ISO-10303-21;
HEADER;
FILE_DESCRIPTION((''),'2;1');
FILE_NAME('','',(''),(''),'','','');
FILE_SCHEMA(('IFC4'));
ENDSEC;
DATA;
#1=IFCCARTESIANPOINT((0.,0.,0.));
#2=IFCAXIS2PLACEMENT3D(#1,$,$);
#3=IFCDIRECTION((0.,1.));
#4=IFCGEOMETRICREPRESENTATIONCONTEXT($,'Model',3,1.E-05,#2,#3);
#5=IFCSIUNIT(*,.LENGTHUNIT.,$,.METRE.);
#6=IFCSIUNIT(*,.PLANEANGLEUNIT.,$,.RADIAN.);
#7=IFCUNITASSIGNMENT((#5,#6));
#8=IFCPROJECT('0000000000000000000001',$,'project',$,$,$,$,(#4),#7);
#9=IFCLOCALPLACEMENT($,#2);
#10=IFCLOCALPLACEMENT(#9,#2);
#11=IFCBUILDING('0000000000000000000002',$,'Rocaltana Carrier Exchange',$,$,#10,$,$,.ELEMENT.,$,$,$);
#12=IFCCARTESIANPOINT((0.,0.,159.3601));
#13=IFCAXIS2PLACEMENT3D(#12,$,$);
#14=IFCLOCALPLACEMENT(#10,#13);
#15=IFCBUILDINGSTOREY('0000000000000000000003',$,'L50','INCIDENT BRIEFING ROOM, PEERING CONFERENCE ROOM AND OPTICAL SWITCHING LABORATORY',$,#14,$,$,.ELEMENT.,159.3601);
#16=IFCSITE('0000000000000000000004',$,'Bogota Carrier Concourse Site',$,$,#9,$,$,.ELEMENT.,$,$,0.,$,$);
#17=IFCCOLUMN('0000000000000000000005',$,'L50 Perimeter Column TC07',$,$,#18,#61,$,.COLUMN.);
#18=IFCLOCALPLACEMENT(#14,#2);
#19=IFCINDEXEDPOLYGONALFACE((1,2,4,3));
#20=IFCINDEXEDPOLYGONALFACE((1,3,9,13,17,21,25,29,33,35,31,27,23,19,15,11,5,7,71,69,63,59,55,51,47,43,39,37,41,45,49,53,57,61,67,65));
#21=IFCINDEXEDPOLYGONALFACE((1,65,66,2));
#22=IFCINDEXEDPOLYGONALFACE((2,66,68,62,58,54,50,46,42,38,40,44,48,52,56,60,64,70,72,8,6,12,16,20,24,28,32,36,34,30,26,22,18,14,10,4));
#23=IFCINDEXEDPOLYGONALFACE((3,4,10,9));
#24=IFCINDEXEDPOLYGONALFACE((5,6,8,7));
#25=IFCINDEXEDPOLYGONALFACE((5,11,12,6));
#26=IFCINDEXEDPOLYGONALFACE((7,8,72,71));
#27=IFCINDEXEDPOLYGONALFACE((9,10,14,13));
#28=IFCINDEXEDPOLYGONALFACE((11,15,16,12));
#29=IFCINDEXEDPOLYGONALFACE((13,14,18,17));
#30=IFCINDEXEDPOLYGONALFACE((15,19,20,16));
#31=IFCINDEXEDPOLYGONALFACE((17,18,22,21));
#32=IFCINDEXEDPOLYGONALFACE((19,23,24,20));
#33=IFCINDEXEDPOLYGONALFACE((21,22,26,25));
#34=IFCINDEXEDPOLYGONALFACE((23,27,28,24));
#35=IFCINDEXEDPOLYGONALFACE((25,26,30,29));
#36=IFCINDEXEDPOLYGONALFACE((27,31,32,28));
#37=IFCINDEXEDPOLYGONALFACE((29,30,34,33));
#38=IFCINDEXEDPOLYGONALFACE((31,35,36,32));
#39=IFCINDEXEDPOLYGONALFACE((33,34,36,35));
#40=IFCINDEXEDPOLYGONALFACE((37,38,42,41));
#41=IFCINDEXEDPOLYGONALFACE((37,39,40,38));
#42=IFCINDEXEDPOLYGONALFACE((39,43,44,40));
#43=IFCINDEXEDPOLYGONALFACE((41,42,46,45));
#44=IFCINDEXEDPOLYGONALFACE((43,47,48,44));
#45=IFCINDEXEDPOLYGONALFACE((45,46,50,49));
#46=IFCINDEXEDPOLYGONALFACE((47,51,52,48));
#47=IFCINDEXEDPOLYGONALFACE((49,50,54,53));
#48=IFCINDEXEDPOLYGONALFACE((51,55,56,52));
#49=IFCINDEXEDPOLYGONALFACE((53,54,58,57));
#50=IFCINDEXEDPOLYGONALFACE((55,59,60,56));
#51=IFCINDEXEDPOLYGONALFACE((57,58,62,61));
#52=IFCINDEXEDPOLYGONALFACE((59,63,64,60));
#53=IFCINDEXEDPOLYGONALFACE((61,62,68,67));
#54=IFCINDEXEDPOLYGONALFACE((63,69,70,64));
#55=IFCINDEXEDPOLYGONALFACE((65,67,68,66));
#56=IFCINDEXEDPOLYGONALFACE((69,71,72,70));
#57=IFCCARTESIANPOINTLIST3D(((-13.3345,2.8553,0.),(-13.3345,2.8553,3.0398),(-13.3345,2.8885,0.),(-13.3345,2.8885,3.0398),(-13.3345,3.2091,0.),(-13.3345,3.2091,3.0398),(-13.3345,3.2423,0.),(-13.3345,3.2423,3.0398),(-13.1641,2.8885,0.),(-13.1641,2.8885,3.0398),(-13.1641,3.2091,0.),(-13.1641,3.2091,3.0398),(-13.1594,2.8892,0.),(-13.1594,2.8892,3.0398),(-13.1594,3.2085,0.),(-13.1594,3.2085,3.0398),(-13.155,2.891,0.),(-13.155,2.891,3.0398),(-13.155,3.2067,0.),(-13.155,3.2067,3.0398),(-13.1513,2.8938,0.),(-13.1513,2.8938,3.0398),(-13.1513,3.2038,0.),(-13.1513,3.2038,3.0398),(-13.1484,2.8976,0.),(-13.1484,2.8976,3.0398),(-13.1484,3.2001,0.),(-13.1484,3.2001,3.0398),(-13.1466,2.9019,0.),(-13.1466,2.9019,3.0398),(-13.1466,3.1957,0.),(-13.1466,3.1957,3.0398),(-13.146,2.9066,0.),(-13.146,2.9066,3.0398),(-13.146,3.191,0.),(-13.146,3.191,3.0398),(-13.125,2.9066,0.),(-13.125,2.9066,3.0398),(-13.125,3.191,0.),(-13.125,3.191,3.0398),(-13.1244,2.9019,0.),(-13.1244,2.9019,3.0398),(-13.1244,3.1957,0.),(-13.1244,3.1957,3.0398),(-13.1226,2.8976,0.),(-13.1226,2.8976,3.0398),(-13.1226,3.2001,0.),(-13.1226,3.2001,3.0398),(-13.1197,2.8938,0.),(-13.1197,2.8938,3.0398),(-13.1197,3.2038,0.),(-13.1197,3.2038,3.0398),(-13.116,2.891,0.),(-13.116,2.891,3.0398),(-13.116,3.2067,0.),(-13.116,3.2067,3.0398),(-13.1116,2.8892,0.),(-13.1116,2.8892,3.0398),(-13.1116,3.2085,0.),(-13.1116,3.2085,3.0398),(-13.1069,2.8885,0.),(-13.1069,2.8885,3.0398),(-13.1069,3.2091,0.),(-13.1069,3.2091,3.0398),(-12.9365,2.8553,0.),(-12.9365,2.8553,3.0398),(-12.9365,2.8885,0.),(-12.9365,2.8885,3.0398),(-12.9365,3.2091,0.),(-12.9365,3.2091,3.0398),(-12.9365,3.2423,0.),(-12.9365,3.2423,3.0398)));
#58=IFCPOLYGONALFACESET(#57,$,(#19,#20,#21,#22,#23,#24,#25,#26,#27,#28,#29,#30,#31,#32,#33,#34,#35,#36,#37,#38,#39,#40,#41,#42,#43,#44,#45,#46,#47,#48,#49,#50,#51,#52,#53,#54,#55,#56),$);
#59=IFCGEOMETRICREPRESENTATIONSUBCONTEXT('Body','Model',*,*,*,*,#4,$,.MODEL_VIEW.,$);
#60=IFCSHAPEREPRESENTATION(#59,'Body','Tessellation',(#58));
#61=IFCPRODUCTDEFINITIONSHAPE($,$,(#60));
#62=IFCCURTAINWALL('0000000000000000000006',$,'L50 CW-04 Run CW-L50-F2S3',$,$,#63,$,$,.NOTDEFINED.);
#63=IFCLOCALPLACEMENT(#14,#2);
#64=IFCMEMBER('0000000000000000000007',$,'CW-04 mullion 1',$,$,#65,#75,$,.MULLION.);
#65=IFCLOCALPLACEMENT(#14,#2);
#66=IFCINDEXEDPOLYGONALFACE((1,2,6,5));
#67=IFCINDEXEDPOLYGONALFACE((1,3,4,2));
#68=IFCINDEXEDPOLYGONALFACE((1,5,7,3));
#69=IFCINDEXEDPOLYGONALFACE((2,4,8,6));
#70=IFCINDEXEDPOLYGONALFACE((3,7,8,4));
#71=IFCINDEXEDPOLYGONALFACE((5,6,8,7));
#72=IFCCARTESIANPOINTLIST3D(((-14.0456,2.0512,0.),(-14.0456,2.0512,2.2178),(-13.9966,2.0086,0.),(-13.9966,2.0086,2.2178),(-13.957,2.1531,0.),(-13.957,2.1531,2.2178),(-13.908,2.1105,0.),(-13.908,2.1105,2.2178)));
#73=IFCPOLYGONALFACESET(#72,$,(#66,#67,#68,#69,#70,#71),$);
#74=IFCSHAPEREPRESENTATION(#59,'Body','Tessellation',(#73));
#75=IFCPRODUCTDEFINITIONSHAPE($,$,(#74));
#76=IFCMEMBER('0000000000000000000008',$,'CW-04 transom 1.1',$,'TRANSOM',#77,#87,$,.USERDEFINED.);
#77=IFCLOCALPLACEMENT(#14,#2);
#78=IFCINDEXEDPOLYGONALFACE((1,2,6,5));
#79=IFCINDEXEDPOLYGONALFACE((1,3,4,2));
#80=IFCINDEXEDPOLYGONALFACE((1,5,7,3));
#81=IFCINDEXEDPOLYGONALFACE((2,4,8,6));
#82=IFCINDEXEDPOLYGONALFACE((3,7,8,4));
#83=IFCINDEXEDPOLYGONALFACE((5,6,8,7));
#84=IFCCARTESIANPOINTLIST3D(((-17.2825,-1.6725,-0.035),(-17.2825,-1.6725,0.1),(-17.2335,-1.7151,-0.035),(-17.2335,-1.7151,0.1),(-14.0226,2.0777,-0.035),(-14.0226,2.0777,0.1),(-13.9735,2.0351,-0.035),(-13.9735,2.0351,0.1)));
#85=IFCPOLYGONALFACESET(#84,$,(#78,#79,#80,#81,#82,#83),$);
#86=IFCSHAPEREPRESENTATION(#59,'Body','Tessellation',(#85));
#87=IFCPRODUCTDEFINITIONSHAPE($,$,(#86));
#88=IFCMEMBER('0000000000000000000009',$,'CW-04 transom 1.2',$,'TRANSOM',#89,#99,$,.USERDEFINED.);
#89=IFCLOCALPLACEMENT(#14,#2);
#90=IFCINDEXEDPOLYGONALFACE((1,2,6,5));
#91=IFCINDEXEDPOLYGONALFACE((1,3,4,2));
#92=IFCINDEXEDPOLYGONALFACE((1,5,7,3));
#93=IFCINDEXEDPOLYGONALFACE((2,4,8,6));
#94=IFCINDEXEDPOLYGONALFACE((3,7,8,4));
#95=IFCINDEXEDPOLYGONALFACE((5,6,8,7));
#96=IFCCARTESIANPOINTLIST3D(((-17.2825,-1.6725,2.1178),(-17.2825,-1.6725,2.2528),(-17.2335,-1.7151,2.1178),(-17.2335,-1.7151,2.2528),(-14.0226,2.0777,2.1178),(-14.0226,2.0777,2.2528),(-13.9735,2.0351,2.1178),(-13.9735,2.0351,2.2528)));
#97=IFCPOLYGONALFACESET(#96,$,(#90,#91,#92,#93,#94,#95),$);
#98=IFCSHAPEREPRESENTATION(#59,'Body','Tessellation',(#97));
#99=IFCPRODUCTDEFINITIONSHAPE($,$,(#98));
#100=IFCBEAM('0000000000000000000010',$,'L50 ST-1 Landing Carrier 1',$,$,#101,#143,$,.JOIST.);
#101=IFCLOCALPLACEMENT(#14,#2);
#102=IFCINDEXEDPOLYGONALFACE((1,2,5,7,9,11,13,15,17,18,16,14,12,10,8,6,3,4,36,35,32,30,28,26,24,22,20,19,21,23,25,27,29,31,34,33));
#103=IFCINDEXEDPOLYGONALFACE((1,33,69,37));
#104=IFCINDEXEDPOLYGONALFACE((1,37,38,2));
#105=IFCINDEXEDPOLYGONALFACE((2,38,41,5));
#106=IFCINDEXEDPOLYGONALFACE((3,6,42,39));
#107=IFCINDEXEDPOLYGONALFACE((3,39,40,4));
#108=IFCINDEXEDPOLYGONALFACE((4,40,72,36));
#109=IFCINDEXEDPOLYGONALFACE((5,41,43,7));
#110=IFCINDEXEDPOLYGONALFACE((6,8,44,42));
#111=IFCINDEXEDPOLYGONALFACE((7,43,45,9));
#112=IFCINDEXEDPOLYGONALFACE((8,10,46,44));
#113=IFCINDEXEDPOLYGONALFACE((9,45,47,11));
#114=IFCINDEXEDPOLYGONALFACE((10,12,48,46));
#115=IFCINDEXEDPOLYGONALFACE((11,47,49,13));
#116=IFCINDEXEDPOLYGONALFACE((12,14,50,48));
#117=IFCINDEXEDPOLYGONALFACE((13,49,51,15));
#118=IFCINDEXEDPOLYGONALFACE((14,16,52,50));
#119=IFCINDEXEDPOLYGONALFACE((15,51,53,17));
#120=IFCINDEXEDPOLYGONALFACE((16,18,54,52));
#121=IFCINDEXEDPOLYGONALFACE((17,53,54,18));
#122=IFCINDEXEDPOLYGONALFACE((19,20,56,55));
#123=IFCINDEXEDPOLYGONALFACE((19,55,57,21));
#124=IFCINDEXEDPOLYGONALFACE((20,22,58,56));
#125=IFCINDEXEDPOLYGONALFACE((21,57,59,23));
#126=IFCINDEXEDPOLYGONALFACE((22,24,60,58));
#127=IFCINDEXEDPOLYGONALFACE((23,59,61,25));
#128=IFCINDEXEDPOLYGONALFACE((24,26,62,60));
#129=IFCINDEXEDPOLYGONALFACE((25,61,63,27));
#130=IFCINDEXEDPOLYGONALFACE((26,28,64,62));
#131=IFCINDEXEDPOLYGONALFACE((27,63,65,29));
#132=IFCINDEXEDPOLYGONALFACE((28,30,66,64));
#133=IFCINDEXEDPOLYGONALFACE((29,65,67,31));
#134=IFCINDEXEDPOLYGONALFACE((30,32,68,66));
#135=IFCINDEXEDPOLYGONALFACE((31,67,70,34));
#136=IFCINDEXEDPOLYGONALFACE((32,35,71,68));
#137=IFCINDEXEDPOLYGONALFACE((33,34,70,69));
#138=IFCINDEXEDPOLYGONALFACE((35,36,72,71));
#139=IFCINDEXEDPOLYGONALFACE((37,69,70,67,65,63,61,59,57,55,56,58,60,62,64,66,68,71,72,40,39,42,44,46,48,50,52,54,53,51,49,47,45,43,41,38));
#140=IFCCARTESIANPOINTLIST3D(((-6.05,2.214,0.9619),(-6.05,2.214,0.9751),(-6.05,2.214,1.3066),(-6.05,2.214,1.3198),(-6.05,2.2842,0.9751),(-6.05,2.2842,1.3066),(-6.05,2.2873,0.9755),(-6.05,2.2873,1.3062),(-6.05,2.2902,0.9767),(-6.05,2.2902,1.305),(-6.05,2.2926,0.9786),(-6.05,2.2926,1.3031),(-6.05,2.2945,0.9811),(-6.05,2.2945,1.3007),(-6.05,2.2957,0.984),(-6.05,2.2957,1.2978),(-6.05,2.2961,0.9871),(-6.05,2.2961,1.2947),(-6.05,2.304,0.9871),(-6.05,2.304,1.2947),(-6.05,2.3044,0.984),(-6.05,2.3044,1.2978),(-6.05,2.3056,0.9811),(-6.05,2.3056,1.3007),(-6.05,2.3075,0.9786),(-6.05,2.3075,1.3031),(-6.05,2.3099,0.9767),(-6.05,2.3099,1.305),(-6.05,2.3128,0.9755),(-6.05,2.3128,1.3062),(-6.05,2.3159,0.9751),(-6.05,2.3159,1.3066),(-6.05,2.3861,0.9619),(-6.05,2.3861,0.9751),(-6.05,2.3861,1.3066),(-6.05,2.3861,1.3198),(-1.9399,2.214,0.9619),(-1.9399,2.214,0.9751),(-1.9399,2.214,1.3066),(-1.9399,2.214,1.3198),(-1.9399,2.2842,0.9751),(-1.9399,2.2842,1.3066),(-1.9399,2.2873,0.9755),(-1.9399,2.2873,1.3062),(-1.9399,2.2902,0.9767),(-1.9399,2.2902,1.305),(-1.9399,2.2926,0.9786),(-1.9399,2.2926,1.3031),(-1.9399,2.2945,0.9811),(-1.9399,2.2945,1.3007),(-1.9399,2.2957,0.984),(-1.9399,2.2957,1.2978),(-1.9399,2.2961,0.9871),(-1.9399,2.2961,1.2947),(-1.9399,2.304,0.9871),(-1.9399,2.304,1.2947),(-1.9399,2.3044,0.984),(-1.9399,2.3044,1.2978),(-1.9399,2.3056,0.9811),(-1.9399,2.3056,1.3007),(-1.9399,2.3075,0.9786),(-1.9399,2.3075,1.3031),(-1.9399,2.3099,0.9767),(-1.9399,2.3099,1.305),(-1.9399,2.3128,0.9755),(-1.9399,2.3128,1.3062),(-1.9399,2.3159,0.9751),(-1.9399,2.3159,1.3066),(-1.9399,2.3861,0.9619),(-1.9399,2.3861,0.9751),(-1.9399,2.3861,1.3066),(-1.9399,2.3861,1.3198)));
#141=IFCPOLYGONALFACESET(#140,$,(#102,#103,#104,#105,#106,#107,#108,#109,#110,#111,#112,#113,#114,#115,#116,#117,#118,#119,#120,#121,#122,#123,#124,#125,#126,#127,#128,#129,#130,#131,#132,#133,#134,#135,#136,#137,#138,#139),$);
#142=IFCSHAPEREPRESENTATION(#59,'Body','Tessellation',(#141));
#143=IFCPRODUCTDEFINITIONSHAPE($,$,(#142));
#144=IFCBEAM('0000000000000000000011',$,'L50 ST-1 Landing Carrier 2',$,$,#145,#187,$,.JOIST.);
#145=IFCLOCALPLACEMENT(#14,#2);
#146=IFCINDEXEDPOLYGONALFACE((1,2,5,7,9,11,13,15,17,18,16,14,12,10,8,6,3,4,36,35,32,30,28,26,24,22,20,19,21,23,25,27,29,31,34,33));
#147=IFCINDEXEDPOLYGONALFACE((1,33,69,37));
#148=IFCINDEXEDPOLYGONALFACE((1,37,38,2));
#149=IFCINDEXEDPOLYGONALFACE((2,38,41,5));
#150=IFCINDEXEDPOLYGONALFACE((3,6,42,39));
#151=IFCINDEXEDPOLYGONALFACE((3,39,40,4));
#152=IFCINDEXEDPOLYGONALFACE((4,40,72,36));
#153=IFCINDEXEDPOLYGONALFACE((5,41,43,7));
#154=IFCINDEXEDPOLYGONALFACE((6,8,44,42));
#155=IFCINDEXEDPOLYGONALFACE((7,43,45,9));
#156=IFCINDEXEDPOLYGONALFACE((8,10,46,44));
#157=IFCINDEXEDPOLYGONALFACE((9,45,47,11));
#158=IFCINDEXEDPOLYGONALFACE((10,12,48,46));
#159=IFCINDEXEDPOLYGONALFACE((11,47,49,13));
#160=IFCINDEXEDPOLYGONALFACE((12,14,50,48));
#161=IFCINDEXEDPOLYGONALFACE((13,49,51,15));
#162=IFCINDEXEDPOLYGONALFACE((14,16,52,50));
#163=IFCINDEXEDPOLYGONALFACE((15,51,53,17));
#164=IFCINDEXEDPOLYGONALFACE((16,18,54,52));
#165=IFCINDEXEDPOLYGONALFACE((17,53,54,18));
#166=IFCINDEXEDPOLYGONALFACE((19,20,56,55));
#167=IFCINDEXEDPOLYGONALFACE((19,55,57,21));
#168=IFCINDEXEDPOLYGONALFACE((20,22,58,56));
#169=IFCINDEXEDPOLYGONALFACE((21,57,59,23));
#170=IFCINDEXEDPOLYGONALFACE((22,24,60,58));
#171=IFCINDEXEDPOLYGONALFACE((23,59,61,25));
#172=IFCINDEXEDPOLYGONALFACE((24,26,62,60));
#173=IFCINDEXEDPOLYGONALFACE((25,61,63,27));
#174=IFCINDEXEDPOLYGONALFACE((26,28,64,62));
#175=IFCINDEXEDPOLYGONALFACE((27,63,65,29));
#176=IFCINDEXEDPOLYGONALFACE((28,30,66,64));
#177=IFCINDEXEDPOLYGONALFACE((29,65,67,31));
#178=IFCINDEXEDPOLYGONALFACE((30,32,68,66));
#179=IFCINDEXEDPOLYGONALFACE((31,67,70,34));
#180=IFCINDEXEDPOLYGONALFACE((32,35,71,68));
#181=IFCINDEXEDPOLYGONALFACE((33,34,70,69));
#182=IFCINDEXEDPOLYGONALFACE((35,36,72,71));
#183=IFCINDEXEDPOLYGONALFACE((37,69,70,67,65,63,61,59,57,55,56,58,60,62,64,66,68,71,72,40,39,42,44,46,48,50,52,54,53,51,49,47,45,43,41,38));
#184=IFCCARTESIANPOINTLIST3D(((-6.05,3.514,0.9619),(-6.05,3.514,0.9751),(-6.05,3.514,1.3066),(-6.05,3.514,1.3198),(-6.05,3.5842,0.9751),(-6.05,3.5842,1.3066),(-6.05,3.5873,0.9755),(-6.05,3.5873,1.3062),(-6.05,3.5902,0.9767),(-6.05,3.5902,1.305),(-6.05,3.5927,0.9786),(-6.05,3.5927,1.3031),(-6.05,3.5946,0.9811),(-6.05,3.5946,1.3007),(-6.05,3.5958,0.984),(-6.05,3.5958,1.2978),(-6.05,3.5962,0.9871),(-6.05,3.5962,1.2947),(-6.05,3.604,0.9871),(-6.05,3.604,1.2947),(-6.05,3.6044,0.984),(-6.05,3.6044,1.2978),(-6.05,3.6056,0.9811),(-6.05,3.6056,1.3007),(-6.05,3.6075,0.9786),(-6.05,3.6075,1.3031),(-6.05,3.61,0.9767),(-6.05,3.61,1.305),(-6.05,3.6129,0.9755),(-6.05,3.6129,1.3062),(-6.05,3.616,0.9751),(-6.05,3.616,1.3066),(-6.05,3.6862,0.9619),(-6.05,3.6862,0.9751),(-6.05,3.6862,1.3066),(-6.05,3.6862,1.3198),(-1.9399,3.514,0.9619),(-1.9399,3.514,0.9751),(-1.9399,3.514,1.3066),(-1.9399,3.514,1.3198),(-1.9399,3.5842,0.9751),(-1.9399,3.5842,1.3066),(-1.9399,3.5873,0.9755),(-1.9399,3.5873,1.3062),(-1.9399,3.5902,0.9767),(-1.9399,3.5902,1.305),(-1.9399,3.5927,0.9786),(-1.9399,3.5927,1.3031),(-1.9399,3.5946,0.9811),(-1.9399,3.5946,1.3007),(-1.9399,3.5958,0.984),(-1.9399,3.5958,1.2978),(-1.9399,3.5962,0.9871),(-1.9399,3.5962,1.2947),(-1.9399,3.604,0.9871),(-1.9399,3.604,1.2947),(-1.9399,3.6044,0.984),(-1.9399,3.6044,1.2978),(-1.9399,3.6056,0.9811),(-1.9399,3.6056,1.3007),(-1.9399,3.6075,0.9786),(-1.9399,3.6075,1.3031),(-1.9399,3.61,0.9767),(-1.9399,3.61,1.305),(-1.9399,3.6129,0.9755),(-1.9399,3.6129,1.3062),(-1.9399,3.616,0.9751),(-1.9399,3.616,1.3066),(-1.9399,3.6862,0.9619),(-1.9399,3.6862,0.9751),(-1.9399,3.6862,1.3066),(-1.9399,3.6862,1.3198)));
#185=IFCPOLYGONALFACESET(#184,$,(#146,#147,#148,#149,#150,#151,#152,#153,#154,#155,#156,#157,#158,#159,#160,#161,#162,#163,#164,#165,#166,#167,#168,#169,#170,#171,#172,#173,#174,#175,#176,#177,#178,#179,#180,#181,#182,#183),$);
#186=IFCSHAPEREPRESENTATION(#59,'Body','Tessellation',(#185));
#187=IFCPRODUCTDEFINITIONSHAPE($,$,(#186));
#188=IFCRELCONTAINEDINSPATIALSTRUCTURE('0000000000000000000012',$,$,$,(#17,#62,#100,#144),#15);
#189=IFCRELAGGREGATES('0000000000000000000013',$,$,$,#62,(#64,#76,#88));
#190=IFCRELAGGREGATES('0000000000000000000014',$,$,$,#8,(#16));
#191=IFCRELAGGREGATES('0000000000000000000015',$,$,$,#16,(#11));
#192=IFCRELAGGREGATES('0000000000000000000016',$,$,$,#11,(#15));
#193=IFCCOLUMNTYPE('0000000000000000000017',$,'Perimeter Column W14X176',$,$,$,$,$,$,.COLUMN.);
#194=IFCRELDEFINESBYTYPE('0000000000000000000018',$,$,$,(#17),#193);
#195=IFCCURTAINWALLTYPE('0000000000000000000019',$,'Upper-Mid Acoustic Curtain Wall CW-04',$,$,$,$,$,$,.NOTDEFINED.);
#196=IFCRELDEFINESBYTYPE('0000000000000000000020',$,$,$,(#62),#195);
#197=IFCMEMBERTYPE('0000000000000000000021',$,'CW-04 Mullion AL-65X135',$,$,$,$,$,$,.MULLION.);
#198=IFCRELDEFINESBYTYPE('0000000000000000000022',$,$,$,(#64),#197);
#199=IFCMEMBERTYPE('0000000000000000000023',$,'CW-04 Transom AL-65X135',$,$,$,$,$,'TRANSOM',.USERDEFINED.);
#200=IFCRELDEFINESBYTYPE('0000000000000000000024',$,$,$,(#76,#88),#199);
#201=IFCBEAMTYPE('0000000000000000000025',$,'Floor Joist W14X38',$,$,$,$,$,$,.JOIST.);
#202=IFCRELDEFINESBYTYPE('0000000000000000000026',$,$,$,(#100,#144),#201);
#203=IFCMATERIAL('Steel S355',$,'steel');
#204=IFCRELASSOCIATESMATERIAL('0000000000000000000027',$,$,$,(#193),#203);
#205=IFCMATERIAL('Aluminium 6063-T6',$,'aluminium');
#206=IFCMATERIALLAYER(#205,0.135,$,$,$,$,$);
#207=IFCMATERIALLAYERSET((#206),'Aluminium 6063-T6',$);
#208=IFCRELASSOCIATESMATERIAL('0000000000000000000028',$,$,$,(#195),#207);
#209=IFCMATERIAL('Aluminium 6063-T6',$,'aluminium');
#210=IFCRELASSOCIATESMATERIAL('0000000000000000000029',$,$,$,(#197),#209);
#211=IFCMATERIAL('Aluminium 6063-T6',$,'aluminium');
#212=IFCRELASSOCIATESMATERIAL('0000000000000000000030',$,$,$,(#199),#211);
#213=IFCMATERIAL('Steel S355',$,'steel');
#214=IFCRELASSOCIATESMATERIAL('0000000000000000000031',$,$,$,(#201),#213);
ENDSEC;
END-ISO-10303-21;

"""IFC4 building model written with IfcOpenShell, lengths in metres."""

from ifc_helpers import new_model, si_unit, direction, frame, origin, origin_2d, place, context, subcontext, project, spatial, rectangle, i_section, extrude, material, layer, layer_set, material_profile, profile_set, type_object, element, aggregate, save


model = new_model("IFC4")

# Units and contexts
model_context = context("Model", 3, precision=1e-05, world=origin(), true_north=direction((0.0, 1.0)))
body_context = subcontext(model_context, "Body", "Model", "MODEL_VIEW")
ifc_project = project(units=[si_unit("LENGTHUNIT", "METRE"), si_unit("PLANEANGLEUNIT", "RADIAN")], contexts=[model_context])

# Site, building, storey
site_placement = place(None, origin())
site = spatial("IfcSite", under=ifc_project, at=site_placement, Name="Bogota Carrier Concourse Site", CompositionType="ELEMENT", RefElevation=0.0)
building_placement = place(site_placement, origin())
building = spatial("IfcBuilding", under=site, at=building_placement, Name="Rocaltana Carrier Exchange", CompositionType="ELEMENT")
storey_placement = place(building_placement, frame((0.0, 0.0, 159.3601)))
storey = spatial("IfcBuildingStorey", under=building, at=storey_placement, Name="L50", Description="INCIDENT BRIEFING ROOM, PEERING CONFERENCE ROOM AND OPTICAL SWITCHING LABORATORY", CompositionType="ELEMENT", Elevation=159.3601)

# Column
ifc_material_1 = material(Name="Steel S355", Category="steel")
ifc_material_profile_1 = material_profile(ifc_material_1, i_section(OverallWidth=0.3979, OverallDepth=0.387, WebThickness=0.021, FlangeThickness=0.0332, FilletRadius=0.0181, at=origin_2d()), Name="W14X176")
ifc_profile_set_1 = profile_set([ifc_material_profile_1], Name="Steel S355")
column_type = type_object("IfcColumnType", Name="Perimeter Column W14X176", PredefinedType="COLUMN", material=ifc_profile_set_1)
column_placement = place(storey_placement, frame((-13.1355, 3.0488, 0.0), z_axis=(0.0, 0.0, 1.0), x_axis=(1.0, 0.0, 0.0)))
element("IfcColumn", 1, at=column_placement, inside=storey, type_object=column_type, Name="L50 Perimeter Column TC07", PredefinedType="COLUMN", context=body_context, shape_type="SweptSolid", body=[
    extrude(i_section(OverallWidth=0.3979, OverallDepth=0.387, WebThickness=0.021, FlangeThickness=0.0332, FilletRadius=0.0181, at=origin_2d()), origin(), (0.0, 0.0, 1.0), 3.0398),
])

# Curtain wall, members
ifc_material_2 = material(Name="Aluminium 6063-T6", Category="aluminium")
ifc_layer_1 = layer(ifc_material_2, 0.135)
ifc_layer_set_1 = layer_set([ifc_layer_1], Name="Aluminium 6063-T6")
curtain_wall_type = type_object("IfcCurtainWallType", Name="Upper-Mid Acoustic Curtain Wall CW-04", PredefinedType="NOTDEFINED", material=ifc_layer_set_1)
curtain_wall_placement = place(storey_placement, origin())
curtain_wall = element("IfcCurtainWall", 2, at=curtain_wall_placement, inside=storey, type_object=curtain_wall_type, Name="L50 CW-04 Run CW-L50-F2S3", PredefinedType="NOTDEFINED")
ifc_material_3 = material(Name="Aluminium 6063-T6", Category="aluminium")
ifc_material_profile_2 = material_profile(ifc_material_3, rectangle(XDim=0.0649, YDim=0.135, at=origin_2d()), Name="AL-65X135")
ifc_profile_set_2 = profile_set([ifc_material_profile_2], Name="Aluminium 6063-T6")
member_type_1 = type_object("IfcMemberType", Name="CW-04 Mullion AL-65X135", PredefinedType="MULLION", material=ifc_profile_set_2)
member_1_placement = place(storey_placement, frame((-13.9768, 2.0808, 0.0), z_axis=(0.0, 0.0, 1.0), x_axis=(0.754712, -0.656057, 0.0)))
member_1 = element("IfcMember", 3, at=member_1_placement, type_object=member_type_1, Name="CW-04 mullion 1", PredefinedType="MULLION", context=body_context, shape_type="SweptSolid", body=[
    extrude(rectangle(XDim=0.0649, YDim=0.135, at=origin_2d()), origin(), (0.0, 0.0, 1.0), 2.2178),
])
ifc_material_4 = material(Name="Aluminium 6063-T6", Category="aluminium")
ifc_material_profile_3 = material_profile(ifc_material_4, rectangle(XDim=0.0649, YDim=0.135, at=origin_2d()), Name="AL-65X135")
ifc_profile_set_3 = profile_set([ifc_material_profile_3], Name="Aluminium 6063-T6")
member_type_2 = type_object("IfcMemberType", Name="CW-04 Transom AL-65X135", ElementType="TRANSOM", PredefinedType="USERDEFINED", material=ifc_profile_set_3)
member_2_placement = place(storey_placement, frame((-13.998, 2.0564, 0.0325), z_axis=(-0.656056, -0.754712, 0.0), x_axis=(0.754712, -0.656056, 0.0)))
member_2 = element("IfcMember", 4, at=member_2_placement, type_object=member_type_2, Name="CW-04 transom 1.1", ObjectType="TRANSOM", PredefinedType="USERDEFINED", context=body_context, shape_type="SweptSolid", body=[
    extrude(rectangle(XDim=0.0649, YDim=0.135, at=origin_2d()), origin(), (0.0, 0.0, 1.0), 4.969),
])
member_3_placement = place(storey_placement, frame((-13.998, 2.0564, 2.1853), z_axis=(-0.656056, -0.754712, 0.0), x_axis=(0.754712, -0.656056, 0.0)))
member_3 = element("IfcMember", 5, at=member_3_placement, type_object=member_type_2, Name="CW-04 transom 1.2", ObjectType="TRANSOM", PredefinedType="USERDEFINED", context=body_context, shape_type="SweptSolid", body=[
    extrude(rectangle(XDim=0.0649, YDim=0.135, at=origin_2d()), origin(), (0.0, 0.0, 1.0), 4.969),
])

# Beams
ifc_material_5 = material(Name="Steel S355", Category="steel")
ifc_material_profile_4 = material_profile(ifc_material_5, i_section(OverallWidth=0.1721, OverallDepth=0.3579, WebThickness=0.0078, FlangeThickness=0.0132, FilletRadius=0.012, at=origin_2d()), Name="W14X38")
ifc_profile_set_4 = profile_set([ifc_material_profile_4], Name="Steel S355")
beam_type_1 = type_object("IfcBeamType", Name="Floor Joist W14X38", PredefinedType="JOIST", material=ifc_profile_set_4)
for number, where, z_axis, x_axis, name in (
    (6, (-6.05, 2.3, 1.1409), (1.0, 0.0, 0.0), (0.0, 1.0, 0.0), "L50 ST-1 Landing Carrier 1"),
    (7, (-6.05, 3.6001, 1.1409), (1.0, 0.0, 0.0), (0.0, 1.0, 0.0), "L50 ST-1 Landing Carrier 2"),
):
    element("IfcBeam", number, at=place(storey_placement, frame(where, z_axis=z_axis, x_axis=x_axis)), inside=storey, type_object=beam_type_1, Name=name, PredefinedType="JOIST", context=body_context, shape_type="SweptSolid", body=[
        extrude(i_section(OverallWidth=0.1721, OverallDepth=0.3579, WebThickness=0.0078, FlangeThickness=0.0132, FilletRadius=0.012, at=origin_2d()), origin(), (0.0, 0.0, 1.0), 4.1101),
    ])

aggregate(curtain_wall, [member_1, member_2, member_3])

save(model, "model.ifc")
